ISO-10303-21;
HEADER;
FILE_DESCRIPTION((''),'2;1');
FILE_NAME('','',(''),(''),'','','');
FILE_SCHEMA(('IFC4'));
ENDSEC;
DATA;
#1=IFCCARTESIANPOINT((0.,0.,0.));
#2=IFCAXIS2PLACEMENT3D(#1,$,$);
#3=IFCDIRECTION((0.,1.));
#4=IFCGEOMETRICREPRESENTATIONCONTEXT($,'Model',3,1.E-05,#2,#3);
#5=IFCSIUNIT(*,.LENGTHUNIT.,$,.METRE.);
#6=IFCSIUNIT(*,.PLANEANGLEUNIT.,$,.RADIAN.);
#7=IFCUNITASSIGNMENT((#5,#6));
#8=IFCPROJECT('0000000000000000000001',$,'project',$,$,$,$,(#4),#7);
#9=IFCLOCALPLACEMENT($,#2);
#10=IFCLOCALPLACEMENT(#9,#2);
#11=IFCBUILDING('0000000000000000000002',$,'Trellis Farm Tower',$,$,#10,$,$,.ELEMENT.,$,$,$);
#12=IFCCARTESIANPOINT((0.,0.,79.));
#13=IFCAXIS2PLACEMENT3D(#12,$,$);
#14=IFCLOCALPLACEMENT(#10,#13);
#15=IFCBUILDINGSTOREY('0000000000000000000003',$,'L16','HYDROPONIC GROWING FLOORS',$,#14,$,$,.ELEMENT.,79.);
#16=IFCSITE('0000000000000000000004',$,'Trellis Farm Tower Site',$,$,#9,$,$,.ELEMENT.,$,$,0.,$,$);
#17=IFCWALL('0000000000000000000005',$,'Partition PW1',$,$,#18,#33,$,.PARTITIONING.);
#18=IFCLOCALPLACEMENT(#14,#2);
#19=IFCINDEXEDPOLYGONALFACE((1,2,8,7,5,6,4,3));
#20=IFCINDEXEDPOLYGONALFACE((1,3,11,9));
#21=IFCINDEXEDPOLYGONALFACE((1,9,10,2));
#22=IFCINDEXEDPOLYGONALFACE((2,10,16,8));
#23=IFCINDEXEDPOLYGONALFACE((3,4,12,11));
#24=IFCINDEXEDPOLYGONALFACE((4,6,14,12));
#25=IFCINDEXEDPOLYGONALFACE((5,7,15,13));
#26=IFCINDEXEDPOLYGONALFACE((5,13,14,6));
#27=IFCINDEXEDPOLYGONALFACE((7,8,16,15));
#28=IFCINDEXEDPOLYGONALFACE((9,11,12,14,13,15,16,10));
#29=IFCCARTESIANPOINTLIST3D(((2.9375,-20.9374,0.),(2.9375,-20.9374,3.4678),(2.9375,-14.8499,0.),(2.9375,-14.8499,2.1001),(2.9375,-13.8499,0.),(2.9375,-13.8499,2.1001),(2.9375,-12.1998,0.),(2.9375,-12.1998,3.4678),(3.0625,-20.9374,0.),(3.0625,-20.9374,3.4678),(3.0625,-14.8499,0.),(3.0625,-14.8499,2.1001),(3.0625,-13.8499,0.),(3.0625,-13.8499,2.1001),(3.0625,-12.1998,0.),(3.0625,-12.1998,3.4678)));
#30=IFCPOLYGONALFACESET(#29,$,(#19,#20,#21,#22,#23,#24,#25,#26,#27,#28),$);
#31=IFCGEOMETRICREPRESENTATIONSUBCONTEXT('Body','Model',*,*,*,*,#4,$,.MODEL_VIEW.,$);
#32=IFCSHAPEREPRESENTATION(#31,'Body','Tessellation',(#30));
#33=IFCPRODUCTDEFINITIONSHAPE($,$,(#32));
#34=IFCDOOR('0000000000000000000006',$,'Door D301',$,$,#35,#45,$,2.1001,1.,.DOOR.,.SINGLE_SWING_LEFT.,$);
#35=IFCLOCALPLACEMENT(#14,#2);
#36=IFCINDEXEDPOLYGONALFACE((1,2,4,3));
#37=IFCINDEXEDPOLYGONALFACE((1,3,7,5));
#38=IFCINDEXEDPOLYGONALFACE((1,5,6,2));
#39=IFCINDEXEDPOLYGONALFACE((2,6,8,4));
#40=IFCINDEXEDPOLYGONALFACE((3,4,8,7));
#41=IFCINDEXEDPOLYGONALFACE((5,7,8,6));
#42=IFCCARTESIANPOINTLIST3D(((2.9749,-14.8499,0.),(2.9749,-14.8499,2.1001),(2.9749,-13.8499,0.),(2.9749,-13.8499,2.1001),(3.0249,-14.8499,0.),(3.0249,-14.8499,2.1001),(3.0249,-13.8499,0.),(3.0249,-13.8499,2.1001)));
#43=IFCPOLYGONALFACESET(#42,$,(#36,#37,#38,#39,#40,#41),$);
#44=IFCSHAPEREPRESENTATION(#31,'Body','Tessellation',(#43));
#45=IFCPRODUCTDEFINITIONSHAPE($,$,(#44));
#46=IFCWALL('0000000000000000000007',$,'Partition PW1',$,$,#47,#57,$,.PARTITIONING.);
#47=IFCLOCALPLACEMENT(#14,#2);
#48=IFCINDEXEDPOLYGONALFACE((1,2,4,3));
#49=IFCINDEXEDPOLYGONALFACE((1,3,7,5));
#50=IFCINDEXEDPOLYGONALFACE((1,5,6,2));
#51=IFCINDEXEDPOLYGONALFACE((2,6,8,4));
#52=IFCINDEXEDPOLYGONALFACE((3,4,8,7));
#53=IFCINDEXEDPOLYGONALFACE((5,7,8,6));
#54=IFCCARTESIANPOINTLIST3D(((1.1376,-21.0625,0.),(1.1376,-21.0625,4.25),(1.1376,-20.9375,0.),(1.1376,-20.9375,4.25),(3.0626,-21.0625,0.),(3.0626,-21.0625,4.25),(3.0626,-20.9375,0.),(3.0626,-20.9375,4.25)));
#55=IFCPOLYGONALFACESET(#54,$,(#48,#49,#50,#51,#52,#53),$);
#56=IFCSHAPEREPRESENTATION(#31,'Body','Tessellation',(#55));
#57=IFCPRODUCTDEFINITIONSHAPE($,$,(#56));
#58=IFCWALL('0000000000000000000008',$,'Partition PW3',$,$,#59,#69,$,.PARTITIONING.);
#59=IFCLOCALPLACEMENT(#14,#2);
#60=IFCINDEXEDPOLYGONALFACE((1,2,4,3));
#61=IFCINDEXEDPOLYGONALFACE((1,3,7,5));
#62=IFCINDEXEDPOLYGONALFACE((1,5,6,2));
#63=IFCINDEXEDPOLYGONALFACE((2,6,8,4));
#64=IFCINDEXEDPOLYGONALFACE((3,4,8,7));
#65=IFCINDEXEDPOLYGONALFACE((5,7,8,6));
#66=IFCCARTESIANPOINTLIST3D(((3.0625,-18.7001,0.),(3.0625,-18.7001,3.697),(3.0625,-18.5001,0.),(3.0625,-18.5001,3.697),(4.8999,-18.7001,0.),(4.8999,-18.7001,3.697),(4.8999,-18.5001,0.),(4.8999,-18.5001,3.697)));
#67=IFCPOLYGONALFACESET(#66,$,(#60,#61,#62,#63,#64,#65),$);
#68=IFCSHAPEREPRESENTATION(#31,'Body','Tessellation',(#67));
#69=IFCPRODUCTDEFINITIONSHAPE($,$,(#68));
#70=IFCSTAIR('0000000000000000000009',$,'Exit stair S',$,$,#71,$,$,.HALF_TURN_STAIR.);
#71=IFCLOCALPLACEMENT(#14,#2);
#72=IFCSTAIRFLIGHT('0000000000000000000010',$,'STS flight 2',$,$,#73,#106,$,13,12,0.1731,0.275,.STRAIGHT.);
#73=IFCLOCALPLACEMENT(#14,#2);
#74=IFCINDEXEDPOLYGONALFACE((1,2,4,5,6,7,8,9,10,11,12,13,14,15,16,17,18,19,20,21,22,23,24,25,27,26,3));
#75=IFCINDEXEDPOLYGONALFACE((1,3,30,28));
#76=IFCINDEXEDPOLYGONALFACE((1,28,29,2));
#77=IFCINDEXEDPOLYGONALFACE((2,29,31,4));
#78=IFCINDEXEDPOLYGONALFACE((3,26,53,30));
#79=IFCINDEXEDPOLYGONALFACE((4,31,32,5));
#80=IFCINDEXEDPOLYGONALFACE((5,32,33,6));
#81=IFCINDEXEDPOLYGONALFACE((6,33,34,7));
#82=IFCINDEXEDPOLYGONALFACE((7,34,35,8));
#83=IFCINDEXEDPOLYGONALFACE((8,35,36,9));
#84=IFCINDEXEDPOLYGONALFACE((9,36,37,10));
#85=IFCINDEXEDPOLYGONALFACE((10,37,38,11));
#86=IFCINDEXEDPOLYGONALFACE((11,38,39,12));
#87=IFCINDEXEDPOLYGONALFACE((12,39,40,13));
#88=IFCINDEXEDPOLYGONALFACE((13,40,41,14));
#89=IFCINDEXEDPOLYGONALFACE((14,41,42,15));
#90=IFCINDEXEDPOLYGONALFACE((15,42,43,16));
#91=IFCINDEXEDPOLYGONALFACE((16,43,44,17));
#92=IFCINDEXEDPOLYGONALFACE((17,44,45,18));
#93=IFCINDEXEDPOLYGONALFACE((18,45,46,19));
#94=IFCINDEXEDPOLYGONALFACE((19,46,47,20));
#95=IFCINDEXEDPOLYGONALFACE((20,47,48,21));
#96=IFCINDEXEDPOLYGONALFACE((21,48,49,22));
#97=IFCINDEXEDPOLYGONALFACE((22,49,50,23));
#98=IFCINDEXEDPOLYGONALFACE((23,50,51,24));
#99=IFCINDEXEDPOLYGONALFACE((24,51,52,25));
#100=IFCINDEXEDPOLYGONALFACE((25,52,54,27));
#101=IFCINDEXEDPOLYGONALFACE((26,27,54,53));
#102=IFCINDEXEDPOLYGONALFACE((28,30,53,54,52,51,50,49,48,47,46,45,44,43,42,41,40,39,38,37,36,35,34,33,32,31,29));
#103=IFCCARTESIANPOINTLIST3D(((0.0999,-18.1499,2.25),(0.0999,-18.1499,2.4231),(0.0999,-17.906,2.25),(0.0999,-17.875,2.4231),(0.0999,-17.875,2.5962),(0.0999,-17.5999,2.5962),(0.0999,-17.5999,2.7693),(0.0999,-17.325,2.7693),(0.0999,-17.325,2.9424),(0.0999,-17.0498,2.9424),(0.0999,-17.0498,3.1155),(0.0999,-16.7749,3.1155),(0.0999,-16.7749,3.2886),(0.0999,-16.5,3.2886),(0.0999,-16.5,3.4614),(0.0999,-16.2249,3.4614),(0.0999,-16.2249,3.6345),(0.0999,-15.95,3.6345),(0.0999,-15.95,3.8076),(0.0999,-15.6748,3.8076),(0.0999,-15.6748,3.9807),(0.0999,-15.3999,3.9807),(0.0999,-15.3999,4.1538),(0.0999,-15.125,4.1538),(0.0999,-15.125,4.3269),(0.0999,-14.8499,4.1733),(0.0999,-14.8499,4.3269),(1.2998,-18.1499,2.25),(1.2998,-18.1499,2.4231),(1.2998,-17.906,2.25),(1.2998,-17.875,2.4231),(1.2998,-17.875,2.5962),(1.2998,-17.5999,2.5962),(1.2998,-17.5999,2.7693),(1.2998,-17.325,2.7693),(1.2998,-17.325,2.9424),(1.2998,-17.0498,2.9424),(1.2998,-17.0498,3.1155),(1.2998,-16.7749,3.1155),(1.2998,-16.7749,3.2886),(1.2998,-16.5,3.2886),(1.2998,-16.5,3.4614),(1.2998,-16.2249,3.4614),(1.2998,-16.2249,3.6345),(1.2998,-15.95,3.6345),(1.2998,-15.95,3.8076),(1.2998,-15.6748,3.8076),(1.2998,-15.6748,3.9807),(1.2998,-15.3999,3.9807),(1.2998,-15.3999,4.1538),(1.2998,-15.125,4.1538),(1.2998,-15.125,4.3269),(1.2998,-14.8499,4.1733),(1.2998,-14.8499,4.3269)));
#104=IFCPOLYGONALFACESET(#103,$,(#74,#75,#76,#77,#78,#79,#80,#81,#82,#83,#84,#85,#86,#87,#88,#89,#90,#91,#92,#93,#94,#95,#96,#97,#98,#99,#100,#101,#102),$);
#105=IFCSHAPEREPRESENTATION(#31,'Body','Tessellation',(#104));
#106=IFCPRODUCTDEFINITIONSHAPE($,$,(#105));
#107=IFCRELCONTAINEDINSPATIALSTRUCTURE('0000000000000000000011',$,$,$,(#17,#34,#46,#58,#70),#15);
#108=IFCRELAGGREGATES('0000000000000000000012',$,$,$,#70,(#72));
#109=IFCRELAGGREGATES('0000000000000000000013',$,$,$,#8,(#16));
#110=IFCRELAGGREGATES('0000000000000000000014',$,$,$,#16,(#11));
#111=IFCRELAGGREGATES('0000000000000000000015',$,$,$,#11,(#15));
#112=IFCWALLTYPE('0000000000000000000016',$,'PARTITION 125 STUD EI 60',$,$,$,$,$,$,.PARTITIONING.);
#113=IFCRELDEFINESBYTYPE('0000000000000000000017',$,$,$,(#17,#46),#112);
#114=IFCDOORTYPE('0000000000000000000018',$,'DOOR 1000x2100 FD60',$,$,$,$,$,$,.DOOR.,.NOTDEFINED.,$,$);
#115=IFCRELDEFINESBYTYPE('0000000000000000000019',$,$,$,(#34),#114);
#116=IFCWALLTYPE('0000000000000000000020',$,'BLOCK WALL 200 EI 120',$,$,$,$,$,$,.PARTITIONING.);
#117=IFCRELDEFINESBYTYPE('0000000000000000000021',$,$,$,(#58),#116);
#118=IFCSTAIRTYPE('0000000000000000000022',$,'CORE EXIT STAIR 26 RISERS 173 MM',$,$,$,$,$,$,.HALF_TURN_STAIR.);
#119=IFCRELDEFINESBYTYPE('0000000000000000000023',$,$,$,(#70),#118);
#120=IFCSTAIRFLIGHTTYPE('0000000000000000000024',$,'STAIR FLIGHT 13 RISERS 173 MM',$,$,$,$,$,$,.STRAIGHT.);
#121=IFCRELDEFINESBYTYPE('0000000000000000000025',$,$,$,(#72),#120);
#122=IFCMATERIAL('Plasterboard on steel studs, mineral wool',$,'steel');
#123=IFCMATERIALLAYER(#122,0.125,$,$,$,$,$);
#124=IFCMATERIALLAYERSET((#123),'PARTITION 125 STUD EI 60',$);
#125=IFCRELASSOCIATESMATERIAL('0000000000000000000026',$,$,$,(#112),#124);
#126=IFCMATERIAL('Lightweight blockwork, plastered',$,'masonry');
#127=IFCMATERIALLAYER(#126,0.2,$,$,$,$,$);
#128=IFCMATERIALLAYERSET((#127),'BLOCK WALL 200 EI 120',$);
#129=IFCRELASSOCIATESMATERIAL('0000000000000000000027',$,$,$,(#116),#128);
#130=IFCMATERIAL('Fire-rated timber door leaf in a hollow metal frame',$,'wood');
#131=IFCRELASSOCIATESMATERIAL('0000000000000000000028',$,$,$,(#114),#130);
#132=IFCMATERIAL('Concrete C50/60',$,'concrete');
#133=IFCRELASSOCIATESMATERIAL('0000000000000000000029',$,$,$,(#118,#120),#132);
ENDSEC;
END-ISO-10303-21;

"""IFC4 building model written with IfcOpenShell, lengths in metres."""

from ifc_helpers import new_model, si_unit, direction, frame, frame_2d, origin, place, context, subcontext, project, spatial, polyline, rectangle, outline, extrude, source, transform, mapped, material, layer, layer_set, type_object, element, fill, aggregate, save


model = new_model("IFC4")

# Units and contexts
model_context = context("Model", 3, precision=1e-05, world=origin(), true_north=direction((0.0, 1.0)))
body_context = subcontext(model_context, "Body", "Model", "MODEL_VIEW")
ifc_project = project(units=[si_unit("LENGTHUNIT", "METRE"), si_unit("PLANEANGLEUNIT", "RADIAN")], contexts=[model_context])

# Site, building, storey
site_placement = place(None, origin())
site = spatial("IfcSite", under=ifc_project, at=site_placement, Name="Trellis Farm Tower Site", CompositionType="ELEMENT", RefElevation=0.0)
building_placement = place(site_placement, origin())
building = spatial("IfcBuilding", under=site, at=building_placement, Name="Trellis Farm Tower", CompositionType="ELEMENT")
storey_placement = place(building_placement, frame((0.0, 0.0, 79.0)))
storey = spatial("IfcBuildingStorey", under=building, at=storey_placement, Name="L16", Description="HYDROPONIC GROWING FLOORS", CompositionType="ELEMENT", Elevation=79.0)

# Shared definitions
placement = place(storey_placement, origin())

# Shared definitions
ifc_material_1 = material(Name="Plasterboard on steel studs, mineral wool", Category="steel")
ifc_layer_1 = layer(ifc_material_1, 0.125)
ifc_layer_set_1 = layer_set([ifc_layer_1], Name="PARTITION 125 STUD EI 60")
wall_type_1 = type_object("IfcWallType", Name="PARTITION 125 STUD EI 60", PredefinedType="PARTITIONING", material=ifc_layer_set_1)
ifc_material_2 = material(Name="Lightweight blockwork, plastered", Category="masonry")
ifc_layer_2 = layer(ifc_material_2, 0.2)
ifc_layer_set_2 = layer_set([ifc_layer_2], Name="BLOCK WALL 200 EI 120")
wall_type_2 = type_object("IfcWallType", Name="BLOCK WALL 200 EI 120", PredefinedType="PARTITIONING", material=ifc_layer_set_2)

# Shared definitions
shared_shape_1 = source(origin(), body_context, "Body", "SweptSolid", [
    extrude(rectangle(XDim=1.0, YDim=2.1001, at=frame_2d((0.5, 1.05))), frame((0.0, 0.0725, 0.0), z_axis=(0.0, -1.0, 0.0), x_axis=(1.0, 0.0, 0.0)), (0.0, 0.0, 1.0), 0.145),
])
ifc_material_3 = material(Name="Fire-rated timber door leaf in a hollow metal frame", Category="wood")
door_type_1 = type_object("IfcDoorType", Name="DOOR 1000x2100 FD60", OperationType="NOTDEFINED", PredefinedType="DOOR", material=ifc_material_3)
shared_shape_2 = source(origin(), body_context, "Body", "SweptSolid", [
    extrude(rectangle(XDim=1.0, YDim=2.1001, at=frame_2d((0.5, 1.05))), frame((0.0, 0.0249, 0.0), z_axis=(0.0, -1.0, 0.0), x_axis=(1.0, 0.0, 0.0)), (0.0, 0.0, 1.0), 0.05),
])

# Wall, opening, door
shared_shape_3 = source(origin(), body_context, "Body", "SweptSolid", [
    extrude(rectangle(XDim=8.7375, YDim=0.125, at=frame_2d((4.3687, 0.0))), origin(), (0.0, 0.0, 1.0), 3.4678),
])
wall_1_placement = place(storey_placement, frame((3.0, -12.2, 0.0), z_axis=(0.0, 0.0, 1.0), x_axis=(0.0, -1.0, 0.0)))
wall_1 = element("IfcWall", 1, at=wall_1_placement, inside=storey, type_object=wall_type_1, Name="Partition PW1", PredefinedType="PARTITIONING", context=body_context, shape_type="MappedRepresentation", body=[
    mapped(shared_shape_3, transform((0.0, 0.0, 0.0))),
])
opening_1_placement = place(wall_1_placement, frame((1.6499, 0.0, 0.0)))
opening_1 = element("IfcOpeningElement", 2, at=opening_1_placement, cuts=wall_1, PredefinedType="OPENING", context=body_context, shape_type="MappedRepresentation", body=[
    mapped(shared_shape_1, transform((0.0, 0.0, 0.0))),
])
door_1_placement = place(opening_1_placement, origin())
door_1 = element("IfcDoor", 3, at=door_1_placement, inside=storey, type_object=door_type_1, Name="Door D301", OperationType="SINGLE_SWING_LEFT", OverallHeight=2.1001, OverallWidth=1.0, PredefinedType="DOOR", context=body_context, shape_type="MappedRepresentation", body=[
    mapped(shared_shape_2, transform((0.0, 0.0, 0.0))),
])
fill(opening_1, door_1)

# Walls
shared_shape_4 = source(origin(), body_context, "Body", "SweptSolid", [
    extrude(rectangle(XDim=1.925, YDim=0.125, at=frame_2d((0.9624, 0.0))), origin(), (0.0, 0.0, 1.0), 4.25),
])
wall_2_placement = place(storey_placement, frame((3.0625, -21.0, 0.0), z_axis=(0.0, 0.0, 1.0), x_axis=(-1.0, 0.0, 0.0)))
element("IfcWall", 4, at=wall_2_placement, inside=storey, type_object=wall_type_1, Name="Partition PW1", PredefinedType="PARTITIONING", context=body_context, shape_type="MappedRepresentation", body=[
    mapped(shared_shape_4, transform((0.0, 0.0, 0.0))),
])
shared_shape_5 = source(origin(), body_context, "Body", "SweptSolid", [
    extrude(rectangle(XDim=1.8374, YDim=0.2, at=frame_2d((0.9187, 0.0))), origin(), (0.0, 0.0, 1.0), 3.697),
])
wall_3_placement = place(storey_placement, frame((3.0625, -18.6001, 0.0), z_axis=(0.0, 0.0, 1.0), x_axis=(1.0, 0.0, 0.0)))
element("IfcWall", 5, at=wall_3_placement, inside=storey, type_object=wall_type_2, Name="Partition PW3", PredefinedType="PARTITIONING", context=body_context, shape_type="MappedRepresentation", body=[
    mapped(shared_shape_5, transform((0.0, 0.0, 0.0))),
])

# Stair, stair flight
ifc_material_4 = material(Name="Concrete C50/60", Category="concrete")
stair_type = type_object("IfcStairType", Name="CORE EXIT STAIR 26 RISERS 173 MM", PredefinedType="HALF_TURN_STAIR", material=ifc_material_4)
stair = element("IfcStair", 6, at=placement, inside=storey, type_object=stair_type, Name="Exit stair S", PredefinedType="HALF_TURN_STAIR")
stair_flight_type = type_object("IfcStairFlightType", Name="STAIR FLIGHT 13 RISERS 173 MM", PredefinedType="STRAIGHT", material=ifc_material_4)
shared_shape_6 = source(origin(), body_context, "Body", "SweptSolid", [
    extrude(outline(polyline([(0.0, 0.0), (0.0, 0.1731), (0.2749, 0.1731), (0.2749, 0.3462), (0.55, 0.3462), (0.55, 0.5193), (0.825, 0.5193), (0.825, 0.6924), (1.1001, 0.6924), (1.1001, 0.8655), (1.375, 0.8655), (1.375, 1.0386), (1.6499, 1.0386), (1.6499, 1.2114), (1.925, 1.2114), (1.925, 1.3845), (2.2, 1.3845), (2.2, 1.5576), (2.4751, 1.5576), (2.4751, 1.7307), (2.75, 1.7307), (2.75, 1.9038), (3.0249, 1.9038), (3.0249, 2.0769), (3.3, 2.0769), (3.3, 2.25), (3.3, 1.9233), (0.2439, 0.0), (0.0, 0.0)])), frame((0.0, 0.6001, 0.0), z_axis=(0.0, -1.0, 0.0), x_axis=(1.0, 0.0, 0.0)), (0.0, 0.0, 1.0), 1.2),
])
stair_flight_placement = place(storey_placement, frame((0.7, -18.1499, 2.25), z_axis=(0.0, 0.0, 1.0), x_axis=(0.0, 1.0, 0.0)))
stair_flight = element("IfcStairFlight", 7, at=stair_flight_placement, type_object=stair_flight_type, Name="STS flight 2", NumberOfRisers=13, NumberOfTreads=12, PredefinedType="STRAIGHT", RiserHeight=0.1731, TreadLength=0.275, context=body_context, shape_type="MappedRepresentation", body=[
    mapped(shared_shape_6, transform((0.0, 0.0, 0.0))),
])
aggregate(stair, [stair_flight])

save(model, "model.ifc")
